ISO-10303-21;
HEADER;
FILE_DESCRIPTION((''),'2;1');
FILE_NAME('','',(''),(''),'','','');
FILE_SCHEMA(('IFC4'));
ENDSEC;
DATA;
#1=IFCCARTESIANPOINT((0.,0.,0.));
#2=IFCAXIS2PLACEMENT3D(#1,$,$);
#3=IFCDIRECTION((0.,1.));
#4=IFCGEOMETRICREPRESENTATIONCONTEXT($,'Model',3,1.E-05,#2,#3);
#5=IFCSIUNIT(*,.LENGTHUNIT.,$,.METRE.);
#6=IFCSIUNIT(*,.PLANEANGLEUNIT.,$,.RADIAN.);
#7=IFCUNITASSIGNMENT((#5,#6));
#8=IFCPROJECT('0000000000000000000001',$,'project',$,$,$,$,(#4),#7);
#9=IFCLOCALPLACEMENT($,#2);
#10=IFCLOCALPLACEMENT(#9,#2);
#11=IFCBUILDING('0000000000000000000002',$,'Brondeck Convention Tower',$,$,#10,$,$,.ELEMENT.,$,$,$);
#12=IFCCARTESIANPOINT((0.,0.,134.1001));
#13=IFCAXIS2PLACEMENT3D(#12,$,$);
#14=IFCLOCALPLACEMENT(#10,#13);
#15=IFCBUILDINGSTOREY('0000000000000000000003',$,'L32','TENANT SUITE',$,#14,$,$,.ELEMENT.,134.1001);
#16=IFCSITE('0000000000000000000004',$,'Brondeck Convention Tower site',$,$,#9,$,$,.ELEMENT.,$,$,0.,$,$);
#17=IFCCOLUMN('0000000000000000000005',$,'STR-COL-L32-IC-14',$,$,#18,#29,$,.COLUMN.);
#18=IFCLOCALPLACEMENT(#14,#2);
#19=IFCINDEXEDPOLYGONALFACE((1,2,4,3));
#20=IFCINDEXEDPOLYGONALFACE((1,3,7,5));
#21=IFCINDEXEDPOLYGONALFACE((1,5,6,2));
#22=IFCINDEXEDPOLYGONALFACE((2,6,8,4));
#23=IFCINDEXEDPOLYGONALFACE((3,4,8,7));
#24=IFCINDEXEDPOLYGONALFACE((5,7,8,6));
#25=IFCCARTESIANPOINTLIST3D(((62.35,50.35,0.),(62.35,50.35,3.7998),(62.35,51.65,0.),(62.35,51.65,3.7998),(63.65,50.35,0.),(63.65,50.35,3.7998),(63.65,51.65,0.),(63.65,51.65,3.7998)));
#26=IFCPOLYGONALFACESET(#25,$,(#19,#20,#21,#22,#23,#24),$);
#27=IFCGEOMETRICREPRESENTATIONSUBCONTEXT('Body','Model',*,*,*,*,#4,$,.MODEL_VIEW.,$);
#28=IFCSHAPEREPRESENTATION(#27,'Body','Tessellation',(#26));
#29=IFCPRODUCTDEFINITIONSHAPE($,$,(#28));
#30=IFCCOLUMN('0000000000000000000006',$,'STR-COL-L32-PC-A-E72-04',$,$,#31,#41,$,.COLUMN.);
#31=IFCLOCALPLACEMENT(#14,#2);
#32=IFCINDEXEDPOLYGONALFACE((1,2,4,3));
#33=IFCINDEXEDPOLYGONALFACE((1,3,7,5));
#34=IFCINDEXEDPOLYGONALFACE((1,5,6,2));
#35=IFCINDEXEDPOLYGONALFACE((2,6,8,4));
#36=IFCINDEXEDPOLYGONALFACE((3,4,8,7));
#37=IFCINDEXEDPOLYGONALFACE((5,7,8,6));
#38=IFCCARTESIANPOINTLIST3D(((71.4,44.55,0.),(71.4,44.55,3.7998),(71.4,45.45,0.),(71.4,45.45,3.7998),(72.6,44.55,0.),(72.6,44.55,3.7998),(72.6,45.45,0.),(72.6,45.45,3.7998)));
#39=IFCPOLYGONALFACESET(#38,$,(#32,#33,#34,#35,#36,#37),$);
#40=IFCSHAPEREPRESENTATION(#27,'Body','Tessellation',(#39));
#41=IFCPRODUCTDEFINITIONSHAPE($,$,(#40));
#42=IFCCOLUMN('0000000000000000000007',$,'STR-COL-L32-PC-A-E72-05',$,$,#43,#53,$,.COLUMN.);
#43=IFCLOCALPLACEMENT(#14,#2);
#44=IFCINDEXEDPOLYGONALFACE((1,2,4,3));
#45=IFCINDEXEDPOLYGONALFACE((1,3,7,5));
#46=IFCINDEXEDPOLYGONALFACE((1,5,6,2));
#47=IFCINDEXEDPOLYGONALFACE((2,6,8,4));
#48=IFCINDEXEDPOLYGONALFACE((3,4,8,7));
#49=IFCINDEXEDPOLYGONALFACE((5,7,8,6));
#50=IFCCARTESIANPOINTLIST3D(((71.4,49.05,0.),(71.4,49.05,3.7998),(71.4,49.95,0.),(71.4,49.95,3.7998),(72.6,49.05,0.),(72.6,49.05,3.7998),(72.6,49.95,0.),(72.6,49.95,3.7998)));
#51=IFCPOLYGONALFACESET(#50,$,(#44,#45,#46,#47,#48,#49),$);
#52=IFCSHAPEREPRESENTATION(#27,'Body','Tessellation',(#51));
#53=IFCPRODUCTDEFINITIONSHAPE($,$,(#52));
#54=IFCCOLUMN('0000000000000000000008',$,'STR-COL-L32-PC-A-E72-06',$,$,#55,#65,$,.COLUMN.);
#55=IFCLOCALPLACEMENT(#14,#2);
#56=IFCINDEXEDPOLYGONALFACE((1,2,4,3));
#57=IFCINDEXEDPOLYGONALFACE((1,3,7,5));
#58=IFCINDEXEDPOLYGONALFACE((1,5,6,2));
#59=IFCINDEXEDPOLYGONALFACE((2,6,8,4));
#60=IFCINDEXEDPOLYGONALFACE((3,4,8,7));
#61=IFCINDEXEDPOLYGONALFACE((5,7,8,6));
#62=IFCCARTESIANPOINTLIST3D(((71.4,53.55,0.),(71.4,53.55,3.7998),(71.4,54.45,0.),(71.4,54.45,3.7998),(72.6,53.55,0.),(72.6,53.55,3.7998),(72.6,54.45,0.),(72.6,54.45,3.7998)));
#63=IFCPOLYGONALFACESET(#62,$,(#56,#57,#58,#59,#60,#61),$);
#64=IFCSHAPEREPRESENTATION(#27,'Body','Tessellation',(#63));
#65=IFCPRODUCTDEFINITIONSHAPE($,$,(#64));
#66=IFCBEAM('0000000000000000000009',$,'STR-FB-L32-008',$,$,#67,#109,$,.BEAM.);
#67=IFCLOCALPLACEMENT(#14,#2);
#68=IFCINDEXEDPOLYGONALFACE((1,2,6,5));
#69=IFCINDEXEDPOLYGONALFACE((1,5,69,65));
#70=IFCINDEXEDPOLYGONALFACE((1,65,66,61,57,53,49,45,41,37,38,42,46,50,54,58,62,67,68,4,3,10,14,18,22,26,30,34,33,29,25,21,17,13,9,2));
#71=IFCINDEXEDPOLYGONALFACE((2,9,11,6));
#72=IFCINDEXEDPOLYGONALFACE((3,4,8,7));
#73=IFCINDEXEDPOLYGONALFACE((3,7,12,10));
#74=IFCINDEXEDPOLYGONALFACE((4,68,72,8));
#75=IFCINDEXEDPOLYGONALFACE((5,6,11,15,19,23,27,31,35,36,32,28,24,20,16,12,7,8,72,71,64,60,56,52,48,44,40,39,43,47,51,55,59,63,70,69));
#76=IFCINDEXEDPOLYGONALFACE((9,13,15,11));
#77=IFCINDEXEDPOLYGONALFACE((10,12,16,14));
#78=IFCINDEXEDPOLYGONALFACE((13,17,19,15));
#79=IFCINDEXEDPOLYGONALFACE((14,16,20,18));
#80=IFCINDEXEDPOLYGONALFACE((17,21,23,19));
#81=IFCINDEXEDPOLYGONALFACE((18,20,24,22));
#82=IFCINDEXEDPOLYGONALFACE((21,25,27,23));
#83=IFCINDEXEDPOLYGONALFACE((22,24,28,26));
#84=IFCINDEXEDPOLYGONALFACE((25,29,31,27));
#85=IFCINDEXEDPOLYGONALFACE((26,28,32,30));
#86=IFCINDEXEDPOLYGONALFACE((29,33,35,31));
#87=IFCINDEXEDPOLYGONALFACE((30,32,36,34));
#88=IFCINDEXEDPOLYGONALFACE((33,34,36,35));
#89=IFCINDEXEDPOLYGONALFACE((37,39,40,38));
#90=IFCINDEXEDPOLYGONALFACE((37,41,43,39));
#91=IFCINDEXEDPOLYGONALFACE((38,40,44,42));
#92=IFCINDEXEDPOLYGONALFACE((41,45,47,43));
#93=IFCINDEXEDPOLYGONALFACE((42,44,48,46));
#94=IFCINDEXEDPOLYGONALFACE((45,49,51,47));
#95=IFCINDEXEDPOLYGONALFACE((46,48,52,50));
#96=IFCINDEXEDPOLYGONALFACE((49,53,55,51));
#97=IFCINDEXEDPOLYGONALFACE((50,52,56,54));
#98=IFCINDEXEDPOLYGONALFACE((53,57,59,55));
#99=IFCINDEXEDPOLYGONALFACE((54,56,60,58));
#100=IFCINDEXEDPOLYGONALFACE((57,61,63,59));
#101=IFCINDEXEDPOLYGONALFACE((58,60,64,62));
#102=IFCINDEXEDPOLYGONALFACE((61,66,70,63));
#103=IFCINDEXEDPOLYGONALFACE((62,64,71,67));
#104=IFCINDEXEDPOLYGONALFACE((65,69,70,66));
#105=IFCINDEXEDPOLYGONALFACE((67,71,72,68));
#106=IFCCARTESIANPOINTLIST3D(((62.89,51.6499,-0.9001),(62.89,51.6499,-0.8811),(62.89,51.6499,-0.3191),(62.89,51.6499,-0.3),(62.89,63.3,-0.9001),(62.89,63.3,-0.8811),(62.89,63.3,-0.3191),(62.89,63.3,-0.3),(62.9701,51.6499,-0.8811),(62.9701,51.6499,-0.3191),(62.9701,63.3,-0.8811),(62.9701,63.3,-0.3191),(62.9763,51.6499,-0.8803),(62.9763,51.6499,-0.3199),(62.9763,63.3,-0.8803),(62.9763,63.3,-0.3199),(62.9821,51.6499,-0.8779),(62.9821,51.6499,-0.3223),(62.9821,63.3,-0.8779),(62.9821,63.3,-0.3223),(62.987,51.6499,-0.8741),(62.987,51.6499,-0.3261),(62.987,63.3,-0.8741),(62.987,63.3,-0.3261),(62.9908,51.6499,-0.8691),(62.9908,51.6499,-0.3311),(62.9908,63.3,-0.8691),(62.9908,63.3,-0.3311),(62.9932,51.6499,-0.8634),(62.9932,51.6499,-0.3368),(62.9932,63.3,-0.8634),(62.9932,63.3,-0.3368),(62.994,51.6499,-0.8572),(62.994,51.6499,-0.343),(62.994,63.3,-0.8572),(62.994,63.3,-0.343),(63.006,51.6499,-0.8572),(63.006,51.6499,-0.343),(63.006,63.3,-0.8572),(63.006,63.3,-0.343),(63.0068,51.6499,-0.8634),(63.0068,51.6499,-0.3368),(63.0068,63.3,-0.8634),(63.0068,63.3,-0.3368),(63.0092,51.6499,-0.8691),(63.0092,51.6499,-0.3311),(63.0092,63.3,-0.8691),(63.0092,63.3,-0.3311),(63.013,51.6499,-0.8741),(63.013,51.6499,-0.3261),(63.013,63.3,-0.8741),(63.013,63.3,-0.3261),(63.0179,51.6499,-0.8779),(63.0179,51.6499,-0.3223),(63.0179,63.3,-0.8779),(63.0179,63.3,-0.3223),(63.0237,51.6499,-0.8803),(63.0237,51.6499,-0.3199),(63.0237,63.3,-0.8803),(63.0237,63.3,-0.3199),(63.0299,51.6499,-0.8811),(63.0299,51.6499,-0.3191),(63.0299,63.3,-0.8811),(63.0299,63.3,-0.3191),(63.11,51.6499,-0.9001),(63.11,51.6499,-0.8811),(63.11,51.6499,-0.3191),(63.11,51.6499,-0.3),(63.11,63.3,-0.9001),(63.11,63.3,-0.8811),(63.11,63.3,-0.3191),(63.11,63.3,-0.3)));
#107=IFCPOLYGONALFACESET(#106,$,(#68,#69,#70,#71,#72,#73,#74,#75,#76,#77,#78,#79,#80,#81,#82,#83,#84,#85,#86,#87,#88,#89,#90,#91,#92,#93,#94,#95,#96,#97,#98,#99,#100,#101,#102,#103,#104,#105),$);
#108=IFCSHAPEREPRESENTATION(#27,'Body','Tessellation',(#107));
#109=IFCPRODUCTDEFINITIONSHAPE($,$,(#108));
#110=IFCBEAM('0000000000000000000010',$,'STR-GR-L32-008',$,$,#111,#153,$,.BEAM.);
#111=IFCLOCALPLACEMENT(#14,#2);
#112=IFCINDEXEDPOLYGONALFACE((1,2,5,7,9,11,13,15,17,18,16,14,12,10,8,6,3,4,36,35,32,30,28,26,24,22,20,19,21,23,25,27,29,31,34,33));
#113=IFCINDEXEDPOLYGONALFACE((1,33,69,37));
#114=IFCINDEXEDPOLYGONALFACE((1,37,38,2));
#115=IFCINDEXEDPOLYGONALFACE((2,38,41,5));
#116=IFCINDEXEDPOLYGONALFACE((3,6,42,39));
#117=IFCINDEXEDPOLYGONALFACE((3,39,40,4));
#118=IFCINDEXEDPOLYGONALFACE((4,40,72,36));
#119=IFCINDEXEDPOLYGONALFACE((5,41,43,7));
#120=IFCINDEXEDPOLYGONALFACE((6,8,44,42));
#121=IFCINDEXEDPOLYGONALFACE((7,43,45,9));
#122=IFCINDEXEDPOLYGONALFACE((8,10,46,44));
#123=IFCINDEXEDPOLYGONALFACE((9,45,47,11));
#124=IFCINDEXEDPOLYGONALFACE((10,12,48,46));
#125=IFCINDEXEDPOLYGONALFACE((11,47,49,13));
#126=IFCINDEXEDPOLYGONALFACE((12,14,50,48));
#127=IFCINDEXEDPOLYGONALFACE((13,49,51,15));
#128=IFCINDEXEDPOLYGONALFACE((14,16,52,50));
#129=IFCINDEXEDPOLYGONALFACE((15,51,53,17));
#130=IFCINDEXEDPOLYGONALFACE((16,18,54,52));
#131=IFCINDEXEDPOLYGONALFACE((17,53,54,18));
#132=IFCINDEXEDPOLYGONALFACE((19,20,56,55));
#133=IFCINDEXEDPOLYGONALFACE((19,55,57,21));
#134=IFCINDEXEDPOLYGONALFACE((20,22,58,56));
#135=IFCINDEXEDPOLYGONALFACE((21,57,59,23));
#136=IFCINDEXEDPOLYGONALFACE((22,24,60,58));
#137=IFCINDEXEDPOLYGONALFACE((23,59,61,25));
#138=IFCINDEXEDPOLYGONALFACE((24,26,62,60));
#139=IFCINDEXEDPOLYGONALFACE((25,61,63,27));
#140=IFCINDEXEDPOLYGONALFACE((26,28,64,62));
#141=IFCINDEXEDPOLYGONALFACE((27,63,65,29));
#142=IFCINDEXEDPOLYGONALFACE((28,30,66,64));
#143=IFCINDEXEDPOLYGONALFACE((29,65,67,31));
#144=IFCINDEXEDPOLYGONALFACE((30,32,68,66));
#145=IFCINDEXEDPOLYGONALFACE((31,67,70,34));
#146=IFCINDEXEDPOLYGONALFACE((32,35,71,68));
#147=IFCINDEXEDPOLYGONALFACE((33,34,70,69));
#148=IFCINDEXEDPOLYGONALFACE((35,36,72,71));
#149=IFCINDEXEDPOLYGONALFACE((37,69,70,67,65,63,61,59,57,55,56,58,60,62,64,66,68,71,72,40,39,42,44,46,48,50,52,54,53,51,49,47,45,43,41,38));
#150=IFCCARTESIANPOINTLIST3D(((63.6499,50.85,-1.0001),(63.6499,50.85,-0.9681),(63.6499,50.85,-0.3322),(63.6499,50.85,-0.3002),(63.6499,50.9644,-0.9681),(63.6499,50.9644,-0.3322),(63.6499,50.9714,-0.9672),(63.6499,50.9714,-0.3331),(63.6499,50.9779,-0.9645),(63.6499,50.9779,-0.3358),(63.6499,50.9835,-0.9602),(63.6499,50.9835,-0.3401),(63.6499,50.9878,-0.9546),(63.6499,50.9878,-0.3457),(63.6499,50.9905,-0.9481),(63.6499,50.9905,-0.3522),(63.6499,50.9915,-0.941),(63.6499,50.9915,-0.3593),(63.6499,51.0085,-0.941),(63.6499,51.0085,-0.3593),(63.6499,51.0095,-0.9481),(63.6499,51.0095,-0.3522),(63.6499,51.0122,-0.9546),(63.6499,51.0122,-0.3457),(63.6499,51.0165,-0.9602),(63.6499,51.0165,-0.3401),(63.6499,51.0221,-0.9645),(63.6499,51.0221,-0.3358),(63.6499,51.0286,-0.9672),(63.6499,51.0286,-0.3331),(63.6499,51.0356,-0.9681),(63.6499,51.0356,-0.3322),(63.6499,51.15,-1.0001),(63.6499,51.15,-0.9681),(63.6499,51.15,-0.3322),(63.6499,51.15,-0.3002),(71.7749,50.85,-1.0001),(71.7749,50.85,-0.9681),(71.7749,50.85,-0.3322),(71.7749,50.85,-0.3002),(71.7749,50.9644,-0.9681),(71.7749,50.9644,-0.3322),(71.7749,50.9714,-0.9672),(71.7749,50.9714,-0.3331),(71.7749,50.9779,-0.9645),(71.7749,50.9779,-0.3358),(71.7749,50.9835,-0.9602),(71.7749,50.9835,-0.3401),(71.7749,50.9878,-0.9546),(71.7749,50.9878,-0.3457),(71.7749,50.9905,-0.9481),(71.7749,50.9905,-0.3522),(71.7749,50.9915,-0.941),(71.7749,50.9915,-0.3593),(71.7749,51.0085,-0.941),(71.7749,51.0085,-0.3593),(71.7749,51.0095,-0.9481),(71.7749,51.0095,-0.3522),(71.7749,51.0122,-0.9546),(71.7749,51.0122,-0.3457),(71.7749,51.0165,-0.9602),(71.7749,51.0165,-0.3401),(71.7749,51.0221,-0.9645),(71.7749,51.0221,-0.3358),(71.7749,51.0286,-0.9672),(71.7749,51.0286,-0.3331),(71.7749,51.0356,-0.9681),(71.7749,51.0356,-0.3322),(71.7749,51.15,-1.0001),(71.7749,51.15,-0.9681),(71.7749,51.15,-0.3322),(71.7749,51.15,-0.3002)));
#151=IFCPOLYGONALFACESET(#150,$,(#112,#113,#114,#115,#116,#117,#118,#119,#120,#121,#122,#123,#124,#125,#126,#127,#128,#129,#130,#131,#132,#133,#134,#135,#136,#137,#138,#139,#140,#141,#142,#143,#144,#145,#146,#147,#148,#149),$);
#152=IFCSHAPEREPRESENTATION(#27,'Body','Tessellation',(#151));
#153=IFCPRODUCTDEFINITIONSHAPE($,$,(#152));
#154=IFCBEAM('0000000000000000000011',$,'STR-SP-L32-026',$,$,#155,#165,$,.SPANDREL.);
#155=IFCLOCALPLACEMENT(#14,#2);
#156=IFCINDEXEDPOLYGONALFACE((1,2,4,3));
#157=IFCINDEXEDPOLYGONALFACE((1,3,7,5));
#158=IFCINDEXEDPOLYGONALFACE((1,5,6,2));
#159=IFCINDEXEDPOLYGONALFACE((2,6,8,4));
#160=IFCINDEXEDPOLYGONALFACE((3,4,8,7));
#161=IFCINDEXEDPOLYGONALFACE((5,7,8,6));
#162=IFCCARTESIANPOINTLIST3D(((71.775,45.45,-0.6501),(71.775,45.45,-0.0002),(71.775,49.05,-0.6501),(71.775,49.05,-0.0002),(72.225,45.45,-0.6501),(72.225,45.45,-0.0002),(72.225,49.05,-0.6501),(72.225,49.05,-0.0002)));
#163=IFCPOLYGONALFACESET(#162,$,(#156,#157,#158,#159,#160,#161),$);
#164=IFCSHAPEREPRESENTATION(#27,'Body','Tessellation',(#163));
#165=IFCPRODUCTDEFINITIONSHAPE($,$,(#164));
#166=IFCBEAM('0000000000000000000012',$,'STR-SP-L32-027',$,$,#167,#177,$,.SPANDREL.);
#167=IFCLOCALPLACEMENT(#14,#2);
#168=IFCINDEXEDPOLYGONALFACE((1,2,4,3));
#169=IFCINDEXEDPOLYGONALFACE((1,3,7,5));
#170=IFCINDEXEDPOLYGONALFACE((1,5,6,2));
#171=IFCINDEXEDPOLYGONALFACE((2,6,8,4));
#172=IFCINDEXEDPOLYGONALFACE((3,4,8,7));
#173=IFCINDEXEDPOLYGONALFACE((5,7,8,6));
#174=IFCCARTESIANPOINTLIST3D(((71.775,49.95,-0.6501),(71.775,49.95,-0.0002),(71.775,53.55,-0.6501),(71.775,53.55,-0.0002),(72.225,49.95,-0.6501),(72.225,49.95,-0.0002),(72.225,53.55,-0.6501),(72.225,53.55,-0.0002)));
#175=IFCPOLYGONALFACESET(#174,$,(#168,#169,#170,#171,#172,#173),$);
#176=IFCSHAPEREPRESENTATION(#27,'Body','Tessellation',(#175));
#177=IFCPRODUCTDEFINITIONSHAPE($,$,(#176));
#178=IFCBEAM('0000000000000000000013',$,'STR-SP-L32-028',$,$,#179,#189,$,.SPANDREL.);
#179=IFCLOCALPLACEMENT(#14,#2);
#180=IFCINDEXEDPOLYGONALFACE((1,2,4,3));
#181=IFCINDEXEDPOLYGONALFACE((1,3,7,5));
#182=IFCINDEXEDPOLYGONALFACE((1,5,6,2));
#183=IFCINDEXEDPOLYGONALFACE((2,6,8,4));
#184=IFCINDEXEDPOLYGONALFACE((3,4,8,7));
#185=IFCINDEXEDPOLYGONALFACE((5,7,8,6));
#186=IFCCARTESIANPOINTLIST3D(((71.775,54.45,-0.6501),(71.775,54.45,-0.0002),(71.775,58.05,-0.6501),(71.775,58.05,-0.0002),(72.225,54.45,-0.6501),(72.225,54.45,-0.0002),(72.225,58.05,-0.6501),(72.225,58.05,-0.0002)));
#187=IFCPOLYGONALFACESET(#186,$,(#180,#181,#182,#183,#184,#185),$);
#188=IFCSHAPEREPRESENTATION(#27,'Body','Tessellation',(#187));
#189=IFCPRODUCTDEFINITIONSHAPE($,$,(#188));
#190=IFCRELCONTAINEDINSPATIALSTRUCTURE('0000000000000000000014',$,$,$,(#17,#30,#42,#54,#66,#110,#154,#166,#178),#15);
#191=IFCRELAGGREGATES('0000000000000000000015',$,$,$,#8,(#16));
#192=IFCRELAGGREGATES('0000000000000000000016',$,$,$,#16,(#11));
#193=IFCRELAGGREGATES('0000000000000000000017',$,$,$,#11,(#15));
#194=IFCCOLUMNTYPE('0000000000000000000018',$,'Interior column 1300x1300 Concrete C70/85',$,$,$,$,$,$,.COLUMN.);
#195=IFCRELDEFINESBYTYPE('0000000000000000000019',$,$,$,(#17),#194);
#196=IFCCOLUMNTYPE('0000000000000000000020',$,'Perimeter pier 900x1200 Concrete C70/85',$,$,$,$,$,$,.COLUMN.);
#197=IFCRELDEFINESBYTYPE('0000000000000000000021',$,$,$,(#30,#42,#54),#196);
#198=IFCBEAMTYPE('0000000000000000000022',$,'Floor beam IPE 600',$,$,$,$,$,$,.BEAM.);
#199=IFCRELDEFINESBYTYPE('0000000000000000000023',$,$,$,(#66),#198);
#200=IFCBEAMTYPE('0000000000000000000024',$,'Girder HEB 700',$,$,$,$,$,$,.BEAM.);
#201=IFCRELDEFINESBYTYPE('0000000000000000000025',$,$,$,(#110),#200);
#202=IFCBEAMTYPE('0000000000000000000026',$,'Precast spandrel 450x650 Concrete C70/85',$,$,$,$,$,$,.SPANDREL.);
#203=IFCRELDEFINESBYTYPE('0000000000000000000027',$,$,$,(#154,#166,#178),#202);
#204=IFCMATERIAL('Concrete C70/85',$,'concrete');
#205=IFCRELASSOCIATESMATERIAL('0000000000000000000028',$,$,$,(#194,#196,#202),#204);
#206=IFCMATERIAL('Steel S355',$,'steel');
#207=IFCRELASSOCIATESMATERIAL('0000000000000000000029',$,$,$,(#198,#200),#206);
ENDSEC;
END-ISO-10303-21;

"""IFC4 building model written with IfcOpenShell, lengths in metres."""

from ifc_helpers import new_model, si_unit, direction, frame, origin, origin_2d, place, context, subcontext, project, spatial, rectangle, i_section, extrude, material, material_profile, profile_set, type_object, element, save


model = new_model("IFC4")

# Units and contexts
model_context = context("Model", 3, precision=1e-05, world=origin(), true_north=direction((0.0, 1.0)))
body_context = subcontext(model_context, "Body", "Model", "MODEL_VIEW")
ifc_project = project(units=[si_unit("LENGTHUNIT", "METRE"), si_unit("PLANEANGLEUNIT", "RADIAN")], contexts=[model_context])

# Site, building, storey
site_placement = place(None, origin())
site = spatial("IfcSite", under=ifc_project, at=site_placement, Name="Brondeck Convention Tower site", CompositionType="ELEMENT", RefElevation=0.0)
building_placement = place(site_placement, origin())
building = spatial("IfcBuilding", under=site, at=building_placement, Name="Brondeck Convention Tower", CompositionType="ELEMENT")
storey_placement = place(building_placement, frame((0.0, 0.0, 134.1001)))
storey = spatial("IfcBuildingStorey", under=building, at=storey_placement, Name="L32", Description="TENANT SUITE", CompositionType="ELEMENT", Elevation=134.1001)

# Columns
ifc_material_1 = material(Name="Concrete C70/85", Category="concrete")
ifc_material_profile_1 = material_profile(ifc_material_1, rectangle(XDim=1.3, YDim=1.3, at=origin_2d()), Name="Interior column 1300x1300 Concrete C70/85")
ifc_profile_set_1 = profile_set([ifc_material_profile_1], Name="Concrete C70/85")
column_type_1 = type_object("IfcColumnType", Name="Interior column 1300x1300 Concrete C70/85", PredefinedType="COLUMN", material=ifc_profile_set_1)
column_placement = place(storey_placement, frame((63.0, 51.0, 0.0), z_axis=(0.0, 0.0, 1.0), x_axis=(1.0, 0.0, 0.0)))
element("IfcColumn", 1, at=column_placement, inside=storey, type_object=column_type_1, Name="STR-COL-L32-IC-14", PredefinedType="COLUMN", context=body_context, shape_type="SweptSolid", body=[
    extrude(rectangle(XDim=1.3, YDim=1.3, at=origin_2d()), origin(), (0.0, 0.0, 1.0), 3.7998),
])
ifc_material_profile_2 = material_profile(ifc_material_1, rectangle(XDim=0.8999, YDim=1.2, at=origin_2d()), Name="Perimeter pier 900x1200 Concrete C70/85")
ifc_profile_set_2 = profile_set([ifc_material_profile_2], Name="Concrete C70/85")
column_type_2 = type_object("IfcColumnType", Name="Perimeter pier 900x1200 Concrete C70/85", PredefinedType="COLUMN", material=ifc_profile_set_2)
for number, where, z_axis, x_axis, name in (
    (2, (72.0, 45.0, 0.0), (0.0, 0.0, 1.0), (0.0, 1.0, 0.0), "STR-COL-L32-PC-A-E72-04"),
    (3, (72.0, 49.5, 0.0), (0.0, 0.0, 1.0), (0.0, 1.0, 0.0), "STR-COL-L32-PC-A-E72-05"),
    (4, (72.0, 54.0, 0.0), (0.0, 0.0, 1.0), (0.0, 1.0, 0.0), "STR-COL-L32-PC-A-E72-06"),
):
    element("IfcColumn", number, at=place(storey_placement, frame(where, z_axis=z_axis, x_axis=x_axis)), inside=storey, type_object=column_type_2, Name=name, PredefinedType="COLUMN", context=body_context, shape_type="SweptSolid", body=[
        extrude(rectangle(XDim=0.8999, YDim=1.2, at=origin_2d()), origin(), (0.0, 0.0, 1.0), 3.7998),
    ])

# Beams
ifc_material_2 = material(Name="Steel S355", Category="steel")
ifc_material_profile_3 = material_profile(ifc_material_2, i_section(OverallWidth=0.22, OverallDepth=0.6001, WebThickness=0.012, FlangeThickness=0.019, FilletRadius=0.0239, at=origin_2d()), Name="IPE 600")
ifc_profile_set_3 = profile_set([ifc_material_profile_3], Name="Steel S355")
beam_type_1 = type_object("IfcBeamType", Name="Floor beam IPE 600", PredefinedType="BEAM", material=ifc_profile_set_3)
beam_1_placement = place(storey_placement, frame((63.0, 51.6499, -0.6001), z_axis=(0.0, 1.0, 0.0), x_axis=(-1.0, 0.0, 0.0)))
element("IfcBeam", 5, at=beam_1_placement, inside=storey, type_object=beam_type_1, Name="STR-FB-L32-008", PredefinedType="BEAM", context=body_context, shape_type="SweptSolid", body=[
    extrude(i_section(OverallWidth=0.22, OverallDepth=0.6001, WebThickness=0.012, FlangeThickness=0.019, FilletRadius=0.0239, at=origin_2d()), origin(), (0.0, 0.0, 1.0), 11.6501),
])
ifc_material_profile_4 = material_profile(ifc_material_2, i_section(OverallWidth=0.3, OverallDepth=0.7, WebThickness=0.0171, FlangeThickness=0.032, FilletRadius=0.0271, at=origin_2d()), Name="HEB 700")
ifc_profile_set_4 = profile_set([ifc_material_profile_4], Name="Steel S355")
beam_type_2 = type_object("IfcBeamType", Name="Girder HEB 700", PredefinedType="BEAM", material=ifc_profile_set_4)
beam_2_placement = place(storey_placement, frame((63.6499, 51.0, -0.6501), z_axis=(1.0, 0.0, 0.0), x_axis=(0.0, 1.0, 0.0)))
element("IfcBeam", 6, at=beam_2_placement, inside=storey, type_object=beam_type_2, Name="STR-GR-L32-008", PredefinedType="BEAM", context=body_context, shape_type="SweptSolid", body=[
    extrude(i_section(OverallWidth=0.3, OverallDepth=0.7, WebThickness=0.0171, FlangeThickness=0.032, FilletRadius=0.0271, at=origin_2d()), origin(), (0.0, 0.0, 1.0), 8.125),
])
ifc_material_profile_5 = material_profile(ifc_material_1, rectangle(XDim=0.45, YDim=0.6499, at=origin_2d()), Name="Precast spandrel 450x650 Concrete C70/85")
ifc_profile_set_5 = profile_set([ifc_material_profile_5], Name="Concrete C70/85")
beam_type_3 = type_object("IfcBeamType", Name="Precast spandrel 450x650 Concrete C70/85", PredefinedType="SPANDREL", material=ifc_profile_set_5)
for number, where, z_axis, x_axis, name in (
    (7, (72.0, 45.45, -0.3252), (0.0, 1.0, 0.0), (-1.0, 0.0, 0.0), "STR-SP-L32-026"),
    (8, (72.0, 49.95, -0.3252), (0.0, 1.0, 0.0), (-1.0, 0.0, 0.0), "STR-SP-L32-027"),
    (9, (72.0, 54.45, -0.3252), (0.0, 1.0, 0.0), (-1.0, 0.0, 0.0), "STR-SP-L32-028"),
):
    element("IfcBeam", number, at=place(storey_placement, frame(where, z_axis=z_axis, x_axis=x_axis)), inside=storey, type_object=beam_type_3, Name=name, PredefinedType="SPANDREL", context=body_context, shape_type="SweptSolid", body=[
        extrude(rectangle(XDim=0.45, YDim=0.6499, at=origin_2d()), origin(), (0.0, 0.0, 1.0), 3.6001),
    ])

save(model, "model.ifc")
